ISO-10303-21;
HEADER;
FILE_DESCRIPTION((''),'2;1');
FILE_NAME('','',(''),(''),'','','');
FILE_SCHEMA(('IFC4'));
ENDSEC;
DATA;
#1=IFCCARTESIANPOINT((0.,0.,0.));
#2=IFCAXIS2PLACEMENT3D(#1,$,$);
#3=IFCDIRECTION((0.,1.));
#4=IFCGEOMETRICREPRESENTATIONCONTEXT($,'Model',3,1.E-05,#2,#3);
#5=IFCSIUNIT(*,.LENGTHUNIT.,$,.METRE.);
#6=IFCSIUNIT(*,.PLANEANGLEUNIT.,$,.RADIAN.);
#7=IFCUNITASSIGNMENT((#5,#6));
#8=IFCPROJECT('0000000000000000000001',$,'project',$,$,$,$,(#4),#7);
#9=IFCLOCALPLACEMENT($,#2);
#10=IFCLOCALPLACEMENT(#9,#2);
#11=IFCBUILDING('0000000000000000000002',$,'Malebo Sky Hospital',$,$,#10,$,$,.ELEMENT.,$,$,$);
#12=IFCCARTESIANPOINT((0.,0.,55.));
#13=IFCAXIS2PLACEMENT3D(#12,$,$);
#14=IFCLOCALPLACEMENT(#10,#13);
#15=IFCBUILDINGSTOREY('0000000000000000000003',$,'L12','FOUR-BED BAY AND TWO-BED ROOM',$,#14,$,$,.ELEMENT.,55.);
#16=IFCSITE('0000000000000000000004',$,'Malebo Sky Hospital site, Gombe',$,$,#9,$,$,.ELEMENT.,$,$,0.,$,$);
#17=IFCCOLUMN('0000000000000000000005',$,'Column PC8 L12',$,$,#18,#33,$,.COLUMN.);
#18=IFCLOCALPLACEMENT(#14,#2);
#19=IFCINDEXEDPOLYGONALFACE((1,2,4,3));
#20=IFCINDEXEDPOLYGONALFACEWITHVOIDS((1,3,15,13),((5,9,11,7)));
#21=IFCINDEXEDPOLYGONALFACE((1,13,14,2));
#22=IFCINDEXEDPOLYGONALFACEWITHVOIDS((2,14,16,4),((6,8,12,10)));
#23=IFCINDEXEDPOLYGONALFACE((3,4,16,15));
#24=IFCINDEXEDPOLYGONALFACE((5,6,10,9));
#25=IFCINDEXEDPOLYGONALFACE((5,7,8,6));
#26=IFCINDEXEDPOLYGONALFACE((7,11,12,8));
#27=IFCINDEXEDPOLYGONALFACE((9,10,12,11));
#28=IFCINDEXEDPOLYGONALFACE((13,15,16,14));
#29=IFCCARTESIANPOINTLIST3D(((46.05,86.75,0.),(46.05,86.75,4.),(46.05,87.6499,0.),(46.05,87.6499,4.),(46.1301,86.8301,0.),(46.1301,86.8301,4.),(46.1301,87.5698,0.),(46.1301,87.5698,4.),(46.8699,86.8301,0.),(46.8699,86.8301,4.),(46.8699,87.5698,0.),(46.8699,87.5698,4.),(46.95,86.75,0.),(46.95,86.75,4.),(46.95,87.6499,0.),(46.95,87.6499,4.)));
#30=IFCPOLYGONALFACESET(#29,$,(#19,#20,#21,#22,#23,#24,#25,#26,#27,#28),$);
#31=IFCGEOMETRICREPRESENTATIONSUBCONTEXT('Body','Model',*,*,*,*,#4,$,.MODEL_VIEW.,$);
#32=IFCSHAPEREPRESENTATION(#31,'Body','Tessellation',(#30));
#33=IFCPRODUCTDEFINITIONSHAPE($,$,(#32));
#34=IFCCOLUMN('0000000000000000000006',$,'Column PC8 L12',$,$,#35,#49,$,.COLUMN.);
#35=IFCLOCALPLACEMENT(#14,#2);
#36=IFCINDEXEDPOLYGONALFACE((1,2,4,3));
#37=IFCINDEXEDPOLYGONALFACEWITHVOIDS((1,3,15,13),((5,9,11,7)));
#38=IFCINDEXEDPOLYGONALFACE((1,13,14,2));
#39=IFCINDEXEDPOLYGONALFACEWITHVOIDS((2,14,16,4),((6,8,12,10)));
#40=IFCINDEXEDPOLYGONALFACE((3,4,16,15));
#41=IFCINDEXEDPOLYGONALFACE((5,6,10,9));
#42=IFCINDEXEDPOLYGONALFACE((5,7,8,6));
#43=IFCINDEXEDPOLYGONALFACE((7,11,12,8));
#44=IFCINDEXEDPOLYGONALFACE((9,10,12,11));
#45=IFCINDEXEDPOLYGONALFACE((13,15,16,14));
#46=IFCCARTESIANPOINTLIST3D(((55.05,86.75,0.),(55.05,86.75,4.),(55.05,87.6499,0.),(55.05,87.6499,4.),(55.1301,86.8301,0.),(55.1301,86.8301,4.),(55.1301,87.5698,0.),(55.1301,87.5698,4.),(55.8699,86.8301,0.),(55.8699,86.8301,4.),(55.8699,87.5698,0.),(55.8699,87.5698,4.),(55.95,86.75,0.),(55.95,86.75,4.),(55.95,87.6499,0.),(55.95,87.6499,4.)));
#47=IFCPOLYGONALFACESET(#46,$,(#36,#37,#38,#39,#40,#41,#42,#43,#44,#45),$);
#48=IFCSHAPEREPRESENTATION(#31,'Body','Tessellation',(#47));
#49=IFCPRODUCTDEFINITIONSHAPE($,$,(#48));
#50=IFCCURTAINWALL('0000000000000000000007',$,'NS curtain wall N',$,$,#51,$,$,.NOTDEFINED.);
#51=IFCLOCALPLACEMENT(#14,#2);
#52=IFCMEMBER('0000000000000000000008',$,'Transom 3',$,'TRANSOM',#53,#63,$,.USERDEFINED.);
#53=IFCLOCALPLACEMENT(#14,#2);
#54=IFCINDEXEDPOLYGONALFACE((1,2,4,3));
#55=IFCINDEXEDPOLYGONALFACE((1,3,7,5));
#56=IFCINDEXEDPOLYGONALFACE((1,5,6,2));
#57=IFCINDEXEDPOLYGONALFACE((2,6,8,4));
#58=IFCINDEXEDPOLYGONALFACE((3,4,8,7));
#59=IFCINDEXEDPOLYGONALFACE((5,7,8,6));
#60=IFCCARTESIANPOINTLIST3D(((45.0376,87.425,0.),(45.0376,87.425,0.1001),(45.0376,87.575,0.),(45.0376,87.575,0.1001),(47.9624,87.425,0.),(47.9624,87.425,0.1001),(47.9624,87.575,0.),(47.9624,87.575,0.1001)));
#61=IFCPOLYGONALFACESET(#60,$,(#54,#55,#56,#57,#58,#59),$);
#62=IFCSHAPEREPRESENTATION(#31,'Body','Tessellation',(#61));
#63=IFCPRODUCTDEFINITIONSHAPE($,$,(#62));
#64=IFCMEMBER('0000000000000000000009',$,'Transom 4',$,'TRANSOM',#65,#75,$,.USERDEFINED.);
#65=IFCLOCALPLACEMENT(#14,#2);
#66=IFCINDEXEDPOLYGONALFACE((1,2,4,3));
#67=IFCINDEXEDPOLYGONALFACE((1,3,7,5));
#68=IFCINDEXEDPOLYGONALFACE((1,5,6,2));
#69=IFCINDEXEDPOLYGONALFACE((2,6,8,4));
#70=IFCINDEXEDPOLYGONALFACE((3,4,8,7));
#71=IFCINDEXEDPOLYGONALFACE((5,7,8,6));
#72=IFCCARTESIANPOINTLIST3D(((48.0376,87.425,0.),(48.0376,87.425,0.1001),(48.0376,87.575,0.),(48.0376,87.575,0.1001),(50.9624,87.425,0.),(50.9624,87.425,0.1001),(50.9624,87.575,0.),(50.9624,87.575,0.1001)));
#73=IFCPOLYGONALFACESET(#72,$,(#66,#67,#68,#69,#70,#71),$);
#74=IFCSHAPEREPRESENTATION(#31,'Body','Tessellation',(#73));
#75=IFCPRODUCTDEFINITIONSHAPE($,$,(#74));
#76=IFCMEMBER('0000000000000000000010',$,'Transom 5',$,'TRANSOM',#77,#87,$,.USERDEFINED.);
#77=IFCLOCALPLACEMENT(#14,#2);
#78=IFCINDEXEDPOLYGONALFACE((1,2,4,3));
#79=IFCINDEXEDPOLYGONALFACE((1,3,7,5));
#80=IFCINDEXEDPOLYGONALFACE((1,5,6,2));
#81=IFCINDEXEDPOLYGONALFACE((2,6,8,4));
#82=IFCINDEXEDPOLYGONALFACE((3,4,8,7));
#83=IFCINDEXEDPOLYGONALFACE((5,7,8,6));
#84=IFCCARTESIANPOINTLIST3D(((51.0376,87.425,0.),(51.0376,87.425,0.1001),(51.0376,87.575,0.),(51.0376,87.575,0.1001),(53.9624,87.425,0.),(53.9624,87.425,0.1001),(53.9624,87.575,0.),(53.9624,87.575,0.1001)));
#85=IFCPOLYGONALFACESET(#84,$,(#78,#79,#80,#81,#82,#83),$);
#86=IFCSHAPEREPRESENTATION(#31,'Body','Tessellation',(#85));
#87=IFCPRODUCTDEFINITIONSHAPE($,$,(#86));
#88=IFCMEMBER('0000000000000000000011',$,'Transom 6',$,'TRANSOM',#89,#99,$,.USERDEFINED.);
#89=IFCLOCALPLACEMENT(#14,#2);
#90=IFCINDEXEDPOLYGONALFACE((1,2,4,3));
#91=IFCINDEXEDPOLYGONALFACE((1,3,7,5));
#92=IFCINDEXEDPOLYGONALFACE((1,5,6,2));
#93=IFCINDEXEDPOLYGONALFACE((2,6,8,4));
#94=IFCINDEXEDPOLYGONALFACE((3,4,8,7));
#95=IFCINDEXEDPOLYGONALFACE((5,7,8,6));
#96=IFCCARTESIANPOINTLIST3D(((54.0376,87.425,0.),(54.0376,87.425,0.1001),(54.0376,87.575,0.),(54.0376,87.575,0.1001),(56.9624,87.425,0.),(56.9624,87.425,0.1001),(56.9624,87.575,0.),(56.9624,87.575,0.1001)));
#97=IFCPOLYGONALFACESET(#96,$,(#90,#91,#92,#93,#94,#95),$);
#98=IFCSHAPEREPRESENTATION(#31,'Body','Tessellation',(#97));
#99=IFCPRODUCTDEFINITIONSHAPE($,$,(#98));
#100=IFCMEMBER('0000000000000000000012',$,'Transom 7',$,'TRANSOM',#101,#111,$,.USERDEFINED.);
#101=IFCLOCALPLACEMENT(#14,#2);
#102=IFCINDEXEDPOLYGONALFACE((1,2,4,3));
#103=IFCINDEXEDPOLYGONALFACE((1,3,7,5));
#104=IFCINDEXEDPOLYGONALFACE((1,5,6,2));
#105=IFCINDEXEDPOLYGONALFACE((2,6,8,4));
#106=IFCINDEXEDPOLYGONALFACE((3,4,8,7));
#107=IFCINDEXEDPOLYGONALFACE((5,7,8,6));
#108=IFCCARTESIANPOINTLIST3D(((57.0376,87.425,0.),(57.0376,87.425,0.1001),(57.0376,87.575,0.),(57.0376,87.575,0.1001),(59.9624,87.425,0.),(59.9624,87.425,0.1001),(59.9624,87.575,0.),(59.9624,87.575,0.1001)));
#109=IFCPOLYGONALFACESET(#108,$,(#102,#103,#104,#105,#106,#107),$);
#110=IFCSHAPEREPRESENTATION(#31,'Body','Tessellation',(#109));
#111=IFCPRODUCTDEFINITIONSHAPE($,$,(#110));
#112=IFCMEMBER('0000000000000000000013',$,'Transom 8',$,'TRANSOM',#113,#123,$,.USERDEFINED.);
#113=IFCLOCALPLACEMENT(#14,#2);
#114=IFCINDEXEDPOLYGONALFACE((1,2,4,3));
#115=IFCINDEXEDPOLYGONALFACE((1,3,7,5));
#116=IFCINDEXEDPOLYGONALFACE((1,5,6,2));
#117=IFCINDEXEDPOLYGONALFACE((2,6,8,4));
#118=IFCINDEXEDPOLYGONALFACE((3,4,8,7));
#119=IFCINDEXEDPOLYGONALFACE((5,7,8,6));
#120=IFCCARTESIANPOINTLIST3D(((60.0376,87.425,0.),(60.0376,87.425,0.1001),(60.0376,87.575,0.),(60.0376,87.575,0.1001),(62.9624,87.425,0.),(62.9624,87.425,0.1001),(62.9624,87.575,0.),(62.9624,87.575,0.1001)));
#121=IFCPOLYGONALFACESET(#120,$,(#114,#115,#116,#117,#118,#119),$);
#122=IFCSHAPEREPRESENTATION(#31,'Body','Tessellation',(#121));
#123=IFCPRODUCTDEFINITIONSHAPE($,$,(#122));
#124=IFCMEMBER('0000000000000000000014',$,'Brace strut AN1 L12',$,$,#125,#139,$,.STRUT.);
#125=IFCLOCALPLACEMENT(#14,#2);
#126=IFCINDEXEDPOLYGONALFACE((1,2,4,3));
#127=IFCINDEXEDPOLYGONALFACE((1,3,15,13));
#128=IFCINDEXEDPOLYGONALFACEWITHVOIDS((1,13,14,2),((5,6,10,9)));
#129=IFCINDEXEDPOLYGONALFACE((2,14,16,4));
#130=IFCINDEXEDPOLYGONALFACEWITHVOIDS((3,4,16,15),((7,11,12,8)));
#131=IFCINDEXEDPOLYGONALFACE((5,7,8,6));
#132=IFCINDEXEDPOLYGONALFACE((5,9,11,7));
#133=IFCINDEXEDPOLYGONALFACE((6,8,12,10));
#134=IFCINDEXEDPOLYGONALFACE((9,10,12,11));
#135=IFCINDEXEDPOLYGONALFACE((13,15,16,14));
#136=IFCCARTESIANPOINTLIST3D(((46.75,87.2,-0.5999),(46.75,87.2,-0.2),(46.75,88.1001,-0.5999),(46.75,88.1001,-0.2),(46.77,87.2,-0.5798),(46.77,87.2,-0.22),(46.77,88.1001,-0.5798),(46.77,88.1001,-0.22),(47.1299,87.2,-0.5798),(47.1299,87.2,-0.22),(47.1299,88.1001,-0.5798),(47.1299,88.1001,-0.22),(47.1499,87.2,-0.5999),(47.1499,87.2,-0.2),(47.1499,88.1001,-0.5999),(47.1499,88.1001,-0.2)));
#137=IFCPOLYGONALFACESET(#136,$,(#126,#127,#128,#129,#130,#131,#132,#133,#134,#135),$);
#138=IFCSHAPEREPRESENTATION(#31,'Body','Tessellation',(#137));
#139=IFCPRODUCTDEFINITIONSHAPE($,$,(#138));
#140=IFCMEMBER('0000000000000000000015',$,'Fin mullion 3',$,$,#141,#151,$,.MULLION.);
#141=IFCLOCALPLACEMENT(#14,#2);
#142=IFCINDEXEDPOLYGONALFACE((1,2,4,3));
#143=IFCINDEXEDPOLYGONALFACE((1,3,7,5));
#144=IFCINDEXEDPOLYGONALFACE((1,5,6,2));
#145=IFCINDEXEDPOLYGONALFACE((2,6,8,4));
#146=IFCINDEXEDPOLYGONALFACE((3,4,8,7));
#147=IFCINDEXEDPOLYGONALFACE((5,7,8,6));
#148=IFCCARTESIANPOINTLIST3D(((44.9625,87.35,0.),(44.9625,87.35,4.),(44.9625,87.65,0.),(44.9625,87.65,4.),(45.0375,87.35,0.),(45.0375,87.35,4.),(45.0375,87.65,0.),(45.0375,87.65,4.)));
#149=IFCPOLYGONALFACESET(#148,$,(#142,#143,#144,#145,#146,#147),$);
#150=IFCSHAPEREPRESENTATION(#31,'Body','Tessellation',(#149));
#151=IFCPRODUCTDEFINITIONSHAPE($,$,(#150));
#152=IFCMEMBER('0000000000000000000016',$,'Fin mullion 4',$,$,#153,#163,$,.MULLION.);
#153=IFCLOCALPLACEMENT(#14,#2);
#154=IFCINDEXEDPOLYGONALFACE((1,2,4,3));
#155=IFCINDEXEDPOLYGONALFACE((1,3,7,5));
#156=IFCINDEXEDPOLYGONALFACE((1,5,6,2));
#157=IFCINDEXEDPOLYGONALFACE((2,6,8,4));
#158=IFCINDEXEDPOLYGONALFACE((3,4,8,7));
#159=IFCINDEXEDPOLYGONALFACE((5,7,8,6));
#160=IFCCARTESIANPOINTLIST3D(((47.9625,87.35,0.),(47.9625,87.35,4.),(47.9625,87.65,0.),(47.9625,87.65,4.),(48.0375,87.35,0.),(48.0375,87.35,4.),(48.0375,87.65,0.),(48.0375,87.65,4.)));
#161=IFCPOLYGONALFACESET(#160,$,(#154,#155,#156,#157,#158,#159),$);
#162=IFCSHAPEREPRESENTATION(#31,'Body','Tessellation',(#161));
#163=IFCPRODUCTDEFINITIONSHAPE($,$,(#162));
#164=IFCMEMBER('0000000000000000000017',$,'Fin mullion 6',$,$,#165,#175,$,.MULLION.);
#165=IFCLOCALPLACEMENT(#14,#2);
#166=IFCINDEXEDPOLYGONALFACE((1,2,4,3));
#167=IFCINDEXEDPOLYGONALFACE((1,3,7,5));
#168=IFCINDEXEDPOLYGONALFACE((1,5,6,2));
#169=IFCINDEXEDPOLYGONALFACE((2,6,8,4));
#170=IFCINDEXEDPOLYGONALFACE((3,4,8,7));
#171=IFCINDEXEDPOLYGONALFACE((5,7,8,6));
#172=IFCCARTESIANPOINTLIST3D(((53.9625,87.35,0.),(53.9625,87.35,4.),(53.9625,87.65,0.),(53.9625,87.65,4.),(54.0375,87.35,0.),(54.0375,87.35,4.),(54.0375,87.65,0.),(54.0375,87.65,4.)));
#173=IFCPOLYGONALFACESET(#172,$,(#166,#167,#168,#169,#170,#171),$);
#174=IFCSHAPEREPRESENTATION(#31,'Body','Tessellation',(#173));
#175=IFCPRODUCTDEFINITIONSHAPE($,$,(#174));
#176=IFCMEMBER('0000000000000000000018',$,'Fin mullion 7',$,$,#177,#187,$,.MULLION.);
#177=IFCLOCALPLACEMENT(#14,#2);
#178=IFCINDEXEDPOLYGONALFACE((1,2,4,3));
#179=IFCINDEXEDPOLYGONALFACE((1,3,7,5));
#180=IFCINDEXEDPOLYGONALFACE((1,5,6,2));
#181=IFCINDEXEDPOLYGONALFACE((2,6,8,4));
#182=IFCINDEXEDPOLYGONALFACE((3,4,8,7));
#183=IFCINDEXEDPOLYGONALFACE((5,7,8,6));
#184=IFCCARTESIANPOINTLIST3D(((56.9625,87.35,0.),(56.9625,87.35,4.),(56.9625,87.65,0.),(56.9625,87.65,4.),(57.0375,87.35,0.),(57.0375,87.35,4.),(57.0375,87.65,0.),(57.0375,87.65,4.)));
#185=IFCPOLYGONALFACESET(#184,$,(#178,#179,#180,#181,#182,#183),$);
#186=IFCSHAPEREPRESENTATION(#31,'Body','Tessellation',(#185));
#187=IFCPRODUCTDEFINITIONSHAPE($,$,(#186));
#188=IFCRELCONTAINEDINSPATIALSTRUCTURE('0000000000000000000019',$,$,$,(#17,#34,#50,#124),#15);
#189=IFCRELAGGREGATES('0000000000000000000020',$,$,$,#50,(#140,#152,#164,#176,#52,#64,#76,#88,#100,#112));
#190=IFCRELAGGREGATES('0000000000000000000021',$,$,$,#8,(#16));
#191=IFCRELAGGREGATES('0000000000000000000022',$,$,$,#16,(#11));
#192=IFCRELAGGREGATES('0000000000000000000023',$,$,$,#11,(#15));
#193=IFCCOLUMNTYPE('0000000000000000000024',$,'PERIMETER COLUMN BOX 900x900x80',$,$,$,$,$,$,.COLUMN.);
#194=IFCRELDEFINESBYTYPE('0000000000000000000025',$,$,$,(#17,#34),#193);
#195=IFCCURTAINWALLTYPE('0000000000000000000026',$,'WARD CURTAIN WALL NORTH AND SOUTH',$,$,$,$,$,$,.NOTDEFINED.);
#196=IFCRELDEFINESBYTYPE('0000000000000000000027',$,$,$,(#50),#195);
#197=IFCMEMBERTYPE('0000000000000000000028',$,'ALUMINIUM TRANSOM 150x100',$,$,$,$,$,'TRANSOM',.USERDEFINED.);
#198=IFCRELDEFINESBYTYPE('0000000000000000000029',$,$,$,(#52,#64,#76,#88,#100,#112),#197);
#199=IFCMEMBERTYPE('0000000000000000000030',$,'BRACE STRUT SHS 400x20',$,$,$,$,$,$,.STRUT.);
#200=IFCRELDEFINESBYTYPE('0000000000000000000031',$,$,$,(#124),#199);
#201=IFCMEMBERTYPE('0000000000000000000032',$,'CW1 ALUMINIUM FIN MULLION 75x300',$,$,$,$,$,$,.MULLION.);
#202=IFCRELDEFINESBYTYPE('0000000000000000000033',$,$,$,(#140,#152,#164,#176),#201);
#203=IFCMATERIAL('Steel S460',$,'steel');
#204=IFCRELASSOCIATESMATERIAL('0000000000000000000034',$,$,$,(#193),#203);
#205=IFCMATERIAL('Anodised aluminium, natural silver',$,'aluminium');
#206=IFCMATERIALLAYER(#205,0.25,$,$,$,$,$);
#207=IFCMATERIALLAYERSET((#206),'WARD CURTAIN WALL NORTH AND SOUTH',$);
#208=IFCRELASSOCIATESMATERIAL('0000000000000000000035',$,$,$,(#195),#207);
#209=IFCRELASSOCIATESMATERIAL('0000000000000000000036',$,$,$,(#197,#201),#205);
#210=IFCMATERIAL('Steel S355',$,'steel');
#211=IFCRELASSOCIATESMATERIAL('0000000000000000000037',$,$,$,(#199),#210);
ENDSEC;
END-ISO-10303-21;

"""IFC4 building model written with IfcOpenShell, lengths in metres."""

from ifc_helpers import new_model, si_unit, direction, frame, origin, origin_2d, place, context, subcontext, project, spatial, rectangle, hollow_rectangle, extrude, material, layer, layer_set, material_profile, profile_set, type_object, element, aggregate, save


model = new_model("IFC4")

# Units and contexts
model_context = context("Model", 3, precision=1e-05, world=origin(), true_north=direction((0.0, 1.0)))
body_context = subcontext(model_context, "Body", "Model", "MODEL_VIEW")
ifc_project = project(units=[si_unit("LENGTHUNIT", "METRE"), si_unit("PLANEANGLEUNIT", "RADIAN")], contexts=[model_context])

# Site, building, storey
site_placement = place(None, origin())
site = spatial("IfcSite", under=ifc_project, at=site_placement, Name="Malebo Sky Hospital site, Gombe", CompositionType="ELEMENT", RefElevation=0.0)
building_placement = place(site_placement, origin())
building = spatial("IfcBuilding", under=site, at=building_placement, Name="Malebo Sky Hospital", CompositionType="ELEMENT")
storey_placement = place(building_placement, frame((0.0, 0.0, 55.0)))
storey = spatial("IfcBuildingStorey", under=building, at=storey_placement, Name="L12", Description="FOUR-BED BAY AND TWO-BED ROOM", CompositionType="ELEMENT", Elevation=55.0)

# Columns
ifc_material_1 = material(Name="Steel S460", Category="steel")
ifc_material_profile_1 = material_profile(ifc_material_1, hollow_rectangle(XDim=0.8999, YDim=0.8999, WallThickness=0.0801, at=origin_2d()), Name="BOX 900x900x80")
ifc_profile_set_1 = profile_set([ifc_material_profile_1], Name="Steel S460")
column_type = type_object("IfcColumnType", Name="PERIMETER COLUMN BOX 900x900x80", PredefinedType="COLUMN", material=ifc_profile_set_1)
for number, where, z_axis, x_axis, name in (
    (1, (46.5, 87.2, 0.0), (0.0, 0.0, 1.0), (1.0, 0.0, 0.0), "Column PC8 L12"),
    (2, (55.5, 87.2, 0.0), (0.0, 0.0, 1.0), (1.0, 0.0, 0.0), "Column PC8 L12"),
):
    element("IfcColumn", number, at=place(storey_placement, frame(where, z_axis=z_axis, x_axis=x_axis)), inside=storey, type_object=column_type, Name=name, PredefinedType="COLUMN", context=body_context, shape_type="SweptSolid", body=[
        extrude(hollow_rectangle(XDim=0.8999, YDim=0.8999, WallThickness=0.0801, at=origin_2d()), origin(), (0.0, 0.0, 1.0), 4.0),
    ])

# Curtain wall, members
ifc_material_2 = material(Name="Anodised aluminium, natural silver", Category="aluminium")
ifc_layer_1 = layer(ifc_material_2, 0.25)
ifc_layer_set_1 = layer_set([ifc_layer_1], Name="WARD CURTAIN WALL NORTH AND SOUTH")
curtain_wall_type = type_object("IfcCurtainWallType", Name="WARD CURTAIN WALL NORTH AND SOUTH", PredefinedType="NOTDEFINED", material=ifc_layer_set_1)
curtain_wall_placement = place(storey_placement, origin())
curtain_wall = element("IfcCurtainWall", 3, at=curtain_wall_placement, inside=storey, type_object=curtain_wall_type, Name="NS curtain wall N", PredefinedType="NOTDEFINED")
ifc_material_profile_2 = material_profile(ifc_material_2, rectangle(XDim=0.1499, YDim=0.1001, at=origin_2d()), Name="ALUMINIUM TRANSOM 150x100")
ifc_profile_set_2 = profile_set([ifc_material_profile_2], Name="Anodised aluminium, natural silver")
member_type_1 = type_object("IfcMemberType", Name="ALUMINIUM TRANSOM 150x100", ElementType="TRANSOM", PredefinedType="USERDEFINED", material=ifc_profile_set_2)
member_1_placement = place(storey_placement, frame((45.0376, 87.5, 0.05), z_axis=(1.0, 0.0, 0.0), x_axis=(0.0, 1.0, 0.0)))
member_1 = element("IfcMember", 4, at=member_1_placement, type_object=member_type_1, Name="Transom 3", ObjectType="TRANSOM", PredefinedType="USERDEFINED", context=body_context, shape_type="SweptSolid", body=[
    extrude(rectangle(XDim=0.1499, YDim=0.1001, at=origin_2d()), origin(), (0.0, 0.0, 1.0), 2.9248),
])
member_2_placement = place(storey_placement, frame((48.0376, 87.5, 0.05), z_axis=(1.0, 0.0, 0.0), x_axis=(0.0, 1.0, 0.0)))
member_2 = element("IfcMember", 5, at=member_2_placement, type_object=member_type_1, Name="Transom 4", ObjectType="TRANSOM", PredefinedType="USERDEFINED", context=body_context, shape_type="SweptSolid", body=[
    extrude(rectangle(XDim=0.1499, YDim=0.1001, at=origin_2d()), origin(), (0.0, 0.0, 1.0), 2.9248),
])
member_3_placement = place(storey_placement, frame((51.0376, 87.5, 0.05), z_axis=(1.0, 0.0, 0.0), x_axis=(0.0, 1.0, 0.0)))
member_3 = element("IfcMember", 6, at=member_3_placement, type_object=member_type_1, Name="Transom 5", ObjectType="TRANSOM", PredefinedType="USERDEFINED", context=body_context, shape_type="SweptSolid", body=[
    extrude(rectangle(XDim=0.1499, YDim=0.1001, at=origin_2d()), origin(), (0.0, 0.0, 1.0), 2.9248),
])
member_4_placement = place(storey_placement, frame((54.0376, 87.5, 0.05), z_axis=(1.0, 0.0, 0.0), x_axis=(0.0, 1.0, 0.0)))
member_4 = element("IfcMember", 7, at=member_4_placement, type_object=member_type_1, Name="Transom 6", ObjectType="TRANSOM", PredefinedType="USERDEFINED", context=body_context, shape_type="SweptSolid", body=[
    extrude(rectangle(XDim=0.1499, YDim=0.1001, at=origin_2d()), origin(), (0.0, 0.0, 1.0), 2.9248),
])
member_5_placement = place(storey_placement, frame((57.0376, 87.5, 0.05), z_axis=(1.0, 0.0, 0.0), x_axis=(0.0, 1.0, 0.0)))
member_5 = element("IfcMember", 8, at=member_5_placement, type_object=member_type_1, Name="Transom 7", ObjectType="TRANSOM", PredefinedType="USERDEFINED", context=body_context, shape_type="SweptSolid", body=[
    extrude(rectangle(XDim=0.1499, YDim=0.1001, at=origin_2d()), origin(), (0.0, 0.0, 1.0), 2.9248),
])
member_6_placement = place(storey_placement, frame((60.0376, 87.5, 0.05), z_axis=(1.0, 0.0, 0.0), x_axis=(0.0, 1.0, 0.0)))
member_6 = element("IfcMember", 9, at=member_6_placement, type_object=member_type_1, Name="Transom 8", ObjectType="TRANSOM", PredefinedType="USERDEFINED", context=body_context, shape_type="SweptSolid", body=[
    extrude(rectangle(XDim=0.1499, YDim=0.1001, at=origin_2d()), origin(), (0.0, 0.0, 1.0), 2.9248),
])

# Members
ifc_material_3 = material(Name="Steel S355", Category="steel")
ifc_material_profile_3 = material_profile(ifc_material_3, hollow_rectangle(XDim=0.3999, YDim=0.3999, WallThickness=0.02, at=origin_2d()), Name="SHS 400x20")
ifc_profile_set_3 = profile_set([ifc_material_profile_3], Name="Steel S355")
member_type_2 = type_object("IfcMemberType", Name="BRACE STRUT SHS 400x20", PredefinedType="STRUT", material=ifc_profile_set_3)
member_7_placement = place(storey_placement, frame((46.95, 88.1001, -0.3999), z_axis=(0.0, -1.0, 0.0), x_axis=(1.0, 0.0, 0.0)))
element("IfcMember", 10, at=member_7_placement, inside=storey, type_object=member_type_2, Name="Brace strut AN1 L12", PredefinedType="STRUT", context=body_context, shape_type="SweptSolid", body=[
    extrude(hollow_rectangle(XDim=0.3999, YDim=0.3999, WallThickness=0.02, at=origin_2d()), origin(), (0.0, 0.0, 1.0), 0.9001),
])
ifc_material_profile_4 = material_profile(ifc_material_2, rectangle(XDim=0.075, YDim=0.3, at=origin_2d()), Name="CW1 ALUMINIUM FIN MULLION 75x300")
ifc_profile_set_4 = profile_set([ifc_material_profile_4], Name="Anodised aluminium, natural silver")
member_type_3 = type_object("IfcMemberType", Name="CW1 ALUMINIUM FIN MULLION 75x300", PredefinedType="MULLION", material=ifc_profile_set_4)
member_8_placement = place(storey_placement, frame((45.0, 87.5, 0.0), z_axis=(0.0, 0.0, 1.0), x_axis=(1.0, 0.0, 0.0)))
member_8 = element("IfcMember", 11, at=member_8_placement, type_object=member_type_3, Name="Fin mullion 3", PredefinedType="MULLION", context=body_context, shape_type="SweptSolid", body=[
    extrude(rectangle(XDim=0.075, YDim=0.3, at=origin_2d()), origin(), (0.0, 0.0, 1.0), 4.0),
])
member_9_placement = place(storey_placement, frame((48.0, 87.5, 0.0), z_axis=(0.0, 0.0, 1.0), x_axis=(1.0, 0.0, 0.0)))
member_9 = element("IfcMember", 12, at=member_9_placement, type_object=member_type_3, Name="Fin mullion 4", PredefinedType="MULLION", context=body_context, shape_type="SweptSolid", body=[
    extrude(rectangle(XDim=0.075, YDim=0.3, at=origin_2d()), origin(), (0.0, 0.0, 1.0), 4.0),
])
member_10_placement = place(storey_placement, frame((54.0, 87.5, 0.0), z_axis=(0.0, 0.0, 1.0), x_axis=(1.0, 0.0, 0.0)))
member_10 = element("IfcMember", 13, at=member_10_placement, type_object=member_type_3, Name="Fin mullion 6", PredefinedType="MULLION", context=body_context, shape_type="SweptSolid", body=[
    extrude(rectangle(XDim=0.075, YDim=0.3, at=origin_2d()), origin(), (0.0, 0.0, 1.0), 4.0),
])
member_11_placement = place(storey_placement, frame((57.0, 87.5, 0.0), z_axis=(0.0, 0.0, 1.0), x_axis=(1.0, 0.0, 0.0)))
member_11 = element("IfcMember", 14, at=member_11_placement, type_object=member_type_3, Name="Fin mullion 7", PredefinedType="MULLION", context=body_context, shape_type="SweptSolid", body=[
    extrude(rectangle(XDim=0.075, YDim=0.3, at=origin_2d()), origin(), (0.0, 0.0, 1.0), 4.0),
])

aggregate(curtain_wall, [member_8, member_9, member_10, member_11, member_1, member_2, member_3, member_4, member_5, member_6])

save(model, "model.ifc")
